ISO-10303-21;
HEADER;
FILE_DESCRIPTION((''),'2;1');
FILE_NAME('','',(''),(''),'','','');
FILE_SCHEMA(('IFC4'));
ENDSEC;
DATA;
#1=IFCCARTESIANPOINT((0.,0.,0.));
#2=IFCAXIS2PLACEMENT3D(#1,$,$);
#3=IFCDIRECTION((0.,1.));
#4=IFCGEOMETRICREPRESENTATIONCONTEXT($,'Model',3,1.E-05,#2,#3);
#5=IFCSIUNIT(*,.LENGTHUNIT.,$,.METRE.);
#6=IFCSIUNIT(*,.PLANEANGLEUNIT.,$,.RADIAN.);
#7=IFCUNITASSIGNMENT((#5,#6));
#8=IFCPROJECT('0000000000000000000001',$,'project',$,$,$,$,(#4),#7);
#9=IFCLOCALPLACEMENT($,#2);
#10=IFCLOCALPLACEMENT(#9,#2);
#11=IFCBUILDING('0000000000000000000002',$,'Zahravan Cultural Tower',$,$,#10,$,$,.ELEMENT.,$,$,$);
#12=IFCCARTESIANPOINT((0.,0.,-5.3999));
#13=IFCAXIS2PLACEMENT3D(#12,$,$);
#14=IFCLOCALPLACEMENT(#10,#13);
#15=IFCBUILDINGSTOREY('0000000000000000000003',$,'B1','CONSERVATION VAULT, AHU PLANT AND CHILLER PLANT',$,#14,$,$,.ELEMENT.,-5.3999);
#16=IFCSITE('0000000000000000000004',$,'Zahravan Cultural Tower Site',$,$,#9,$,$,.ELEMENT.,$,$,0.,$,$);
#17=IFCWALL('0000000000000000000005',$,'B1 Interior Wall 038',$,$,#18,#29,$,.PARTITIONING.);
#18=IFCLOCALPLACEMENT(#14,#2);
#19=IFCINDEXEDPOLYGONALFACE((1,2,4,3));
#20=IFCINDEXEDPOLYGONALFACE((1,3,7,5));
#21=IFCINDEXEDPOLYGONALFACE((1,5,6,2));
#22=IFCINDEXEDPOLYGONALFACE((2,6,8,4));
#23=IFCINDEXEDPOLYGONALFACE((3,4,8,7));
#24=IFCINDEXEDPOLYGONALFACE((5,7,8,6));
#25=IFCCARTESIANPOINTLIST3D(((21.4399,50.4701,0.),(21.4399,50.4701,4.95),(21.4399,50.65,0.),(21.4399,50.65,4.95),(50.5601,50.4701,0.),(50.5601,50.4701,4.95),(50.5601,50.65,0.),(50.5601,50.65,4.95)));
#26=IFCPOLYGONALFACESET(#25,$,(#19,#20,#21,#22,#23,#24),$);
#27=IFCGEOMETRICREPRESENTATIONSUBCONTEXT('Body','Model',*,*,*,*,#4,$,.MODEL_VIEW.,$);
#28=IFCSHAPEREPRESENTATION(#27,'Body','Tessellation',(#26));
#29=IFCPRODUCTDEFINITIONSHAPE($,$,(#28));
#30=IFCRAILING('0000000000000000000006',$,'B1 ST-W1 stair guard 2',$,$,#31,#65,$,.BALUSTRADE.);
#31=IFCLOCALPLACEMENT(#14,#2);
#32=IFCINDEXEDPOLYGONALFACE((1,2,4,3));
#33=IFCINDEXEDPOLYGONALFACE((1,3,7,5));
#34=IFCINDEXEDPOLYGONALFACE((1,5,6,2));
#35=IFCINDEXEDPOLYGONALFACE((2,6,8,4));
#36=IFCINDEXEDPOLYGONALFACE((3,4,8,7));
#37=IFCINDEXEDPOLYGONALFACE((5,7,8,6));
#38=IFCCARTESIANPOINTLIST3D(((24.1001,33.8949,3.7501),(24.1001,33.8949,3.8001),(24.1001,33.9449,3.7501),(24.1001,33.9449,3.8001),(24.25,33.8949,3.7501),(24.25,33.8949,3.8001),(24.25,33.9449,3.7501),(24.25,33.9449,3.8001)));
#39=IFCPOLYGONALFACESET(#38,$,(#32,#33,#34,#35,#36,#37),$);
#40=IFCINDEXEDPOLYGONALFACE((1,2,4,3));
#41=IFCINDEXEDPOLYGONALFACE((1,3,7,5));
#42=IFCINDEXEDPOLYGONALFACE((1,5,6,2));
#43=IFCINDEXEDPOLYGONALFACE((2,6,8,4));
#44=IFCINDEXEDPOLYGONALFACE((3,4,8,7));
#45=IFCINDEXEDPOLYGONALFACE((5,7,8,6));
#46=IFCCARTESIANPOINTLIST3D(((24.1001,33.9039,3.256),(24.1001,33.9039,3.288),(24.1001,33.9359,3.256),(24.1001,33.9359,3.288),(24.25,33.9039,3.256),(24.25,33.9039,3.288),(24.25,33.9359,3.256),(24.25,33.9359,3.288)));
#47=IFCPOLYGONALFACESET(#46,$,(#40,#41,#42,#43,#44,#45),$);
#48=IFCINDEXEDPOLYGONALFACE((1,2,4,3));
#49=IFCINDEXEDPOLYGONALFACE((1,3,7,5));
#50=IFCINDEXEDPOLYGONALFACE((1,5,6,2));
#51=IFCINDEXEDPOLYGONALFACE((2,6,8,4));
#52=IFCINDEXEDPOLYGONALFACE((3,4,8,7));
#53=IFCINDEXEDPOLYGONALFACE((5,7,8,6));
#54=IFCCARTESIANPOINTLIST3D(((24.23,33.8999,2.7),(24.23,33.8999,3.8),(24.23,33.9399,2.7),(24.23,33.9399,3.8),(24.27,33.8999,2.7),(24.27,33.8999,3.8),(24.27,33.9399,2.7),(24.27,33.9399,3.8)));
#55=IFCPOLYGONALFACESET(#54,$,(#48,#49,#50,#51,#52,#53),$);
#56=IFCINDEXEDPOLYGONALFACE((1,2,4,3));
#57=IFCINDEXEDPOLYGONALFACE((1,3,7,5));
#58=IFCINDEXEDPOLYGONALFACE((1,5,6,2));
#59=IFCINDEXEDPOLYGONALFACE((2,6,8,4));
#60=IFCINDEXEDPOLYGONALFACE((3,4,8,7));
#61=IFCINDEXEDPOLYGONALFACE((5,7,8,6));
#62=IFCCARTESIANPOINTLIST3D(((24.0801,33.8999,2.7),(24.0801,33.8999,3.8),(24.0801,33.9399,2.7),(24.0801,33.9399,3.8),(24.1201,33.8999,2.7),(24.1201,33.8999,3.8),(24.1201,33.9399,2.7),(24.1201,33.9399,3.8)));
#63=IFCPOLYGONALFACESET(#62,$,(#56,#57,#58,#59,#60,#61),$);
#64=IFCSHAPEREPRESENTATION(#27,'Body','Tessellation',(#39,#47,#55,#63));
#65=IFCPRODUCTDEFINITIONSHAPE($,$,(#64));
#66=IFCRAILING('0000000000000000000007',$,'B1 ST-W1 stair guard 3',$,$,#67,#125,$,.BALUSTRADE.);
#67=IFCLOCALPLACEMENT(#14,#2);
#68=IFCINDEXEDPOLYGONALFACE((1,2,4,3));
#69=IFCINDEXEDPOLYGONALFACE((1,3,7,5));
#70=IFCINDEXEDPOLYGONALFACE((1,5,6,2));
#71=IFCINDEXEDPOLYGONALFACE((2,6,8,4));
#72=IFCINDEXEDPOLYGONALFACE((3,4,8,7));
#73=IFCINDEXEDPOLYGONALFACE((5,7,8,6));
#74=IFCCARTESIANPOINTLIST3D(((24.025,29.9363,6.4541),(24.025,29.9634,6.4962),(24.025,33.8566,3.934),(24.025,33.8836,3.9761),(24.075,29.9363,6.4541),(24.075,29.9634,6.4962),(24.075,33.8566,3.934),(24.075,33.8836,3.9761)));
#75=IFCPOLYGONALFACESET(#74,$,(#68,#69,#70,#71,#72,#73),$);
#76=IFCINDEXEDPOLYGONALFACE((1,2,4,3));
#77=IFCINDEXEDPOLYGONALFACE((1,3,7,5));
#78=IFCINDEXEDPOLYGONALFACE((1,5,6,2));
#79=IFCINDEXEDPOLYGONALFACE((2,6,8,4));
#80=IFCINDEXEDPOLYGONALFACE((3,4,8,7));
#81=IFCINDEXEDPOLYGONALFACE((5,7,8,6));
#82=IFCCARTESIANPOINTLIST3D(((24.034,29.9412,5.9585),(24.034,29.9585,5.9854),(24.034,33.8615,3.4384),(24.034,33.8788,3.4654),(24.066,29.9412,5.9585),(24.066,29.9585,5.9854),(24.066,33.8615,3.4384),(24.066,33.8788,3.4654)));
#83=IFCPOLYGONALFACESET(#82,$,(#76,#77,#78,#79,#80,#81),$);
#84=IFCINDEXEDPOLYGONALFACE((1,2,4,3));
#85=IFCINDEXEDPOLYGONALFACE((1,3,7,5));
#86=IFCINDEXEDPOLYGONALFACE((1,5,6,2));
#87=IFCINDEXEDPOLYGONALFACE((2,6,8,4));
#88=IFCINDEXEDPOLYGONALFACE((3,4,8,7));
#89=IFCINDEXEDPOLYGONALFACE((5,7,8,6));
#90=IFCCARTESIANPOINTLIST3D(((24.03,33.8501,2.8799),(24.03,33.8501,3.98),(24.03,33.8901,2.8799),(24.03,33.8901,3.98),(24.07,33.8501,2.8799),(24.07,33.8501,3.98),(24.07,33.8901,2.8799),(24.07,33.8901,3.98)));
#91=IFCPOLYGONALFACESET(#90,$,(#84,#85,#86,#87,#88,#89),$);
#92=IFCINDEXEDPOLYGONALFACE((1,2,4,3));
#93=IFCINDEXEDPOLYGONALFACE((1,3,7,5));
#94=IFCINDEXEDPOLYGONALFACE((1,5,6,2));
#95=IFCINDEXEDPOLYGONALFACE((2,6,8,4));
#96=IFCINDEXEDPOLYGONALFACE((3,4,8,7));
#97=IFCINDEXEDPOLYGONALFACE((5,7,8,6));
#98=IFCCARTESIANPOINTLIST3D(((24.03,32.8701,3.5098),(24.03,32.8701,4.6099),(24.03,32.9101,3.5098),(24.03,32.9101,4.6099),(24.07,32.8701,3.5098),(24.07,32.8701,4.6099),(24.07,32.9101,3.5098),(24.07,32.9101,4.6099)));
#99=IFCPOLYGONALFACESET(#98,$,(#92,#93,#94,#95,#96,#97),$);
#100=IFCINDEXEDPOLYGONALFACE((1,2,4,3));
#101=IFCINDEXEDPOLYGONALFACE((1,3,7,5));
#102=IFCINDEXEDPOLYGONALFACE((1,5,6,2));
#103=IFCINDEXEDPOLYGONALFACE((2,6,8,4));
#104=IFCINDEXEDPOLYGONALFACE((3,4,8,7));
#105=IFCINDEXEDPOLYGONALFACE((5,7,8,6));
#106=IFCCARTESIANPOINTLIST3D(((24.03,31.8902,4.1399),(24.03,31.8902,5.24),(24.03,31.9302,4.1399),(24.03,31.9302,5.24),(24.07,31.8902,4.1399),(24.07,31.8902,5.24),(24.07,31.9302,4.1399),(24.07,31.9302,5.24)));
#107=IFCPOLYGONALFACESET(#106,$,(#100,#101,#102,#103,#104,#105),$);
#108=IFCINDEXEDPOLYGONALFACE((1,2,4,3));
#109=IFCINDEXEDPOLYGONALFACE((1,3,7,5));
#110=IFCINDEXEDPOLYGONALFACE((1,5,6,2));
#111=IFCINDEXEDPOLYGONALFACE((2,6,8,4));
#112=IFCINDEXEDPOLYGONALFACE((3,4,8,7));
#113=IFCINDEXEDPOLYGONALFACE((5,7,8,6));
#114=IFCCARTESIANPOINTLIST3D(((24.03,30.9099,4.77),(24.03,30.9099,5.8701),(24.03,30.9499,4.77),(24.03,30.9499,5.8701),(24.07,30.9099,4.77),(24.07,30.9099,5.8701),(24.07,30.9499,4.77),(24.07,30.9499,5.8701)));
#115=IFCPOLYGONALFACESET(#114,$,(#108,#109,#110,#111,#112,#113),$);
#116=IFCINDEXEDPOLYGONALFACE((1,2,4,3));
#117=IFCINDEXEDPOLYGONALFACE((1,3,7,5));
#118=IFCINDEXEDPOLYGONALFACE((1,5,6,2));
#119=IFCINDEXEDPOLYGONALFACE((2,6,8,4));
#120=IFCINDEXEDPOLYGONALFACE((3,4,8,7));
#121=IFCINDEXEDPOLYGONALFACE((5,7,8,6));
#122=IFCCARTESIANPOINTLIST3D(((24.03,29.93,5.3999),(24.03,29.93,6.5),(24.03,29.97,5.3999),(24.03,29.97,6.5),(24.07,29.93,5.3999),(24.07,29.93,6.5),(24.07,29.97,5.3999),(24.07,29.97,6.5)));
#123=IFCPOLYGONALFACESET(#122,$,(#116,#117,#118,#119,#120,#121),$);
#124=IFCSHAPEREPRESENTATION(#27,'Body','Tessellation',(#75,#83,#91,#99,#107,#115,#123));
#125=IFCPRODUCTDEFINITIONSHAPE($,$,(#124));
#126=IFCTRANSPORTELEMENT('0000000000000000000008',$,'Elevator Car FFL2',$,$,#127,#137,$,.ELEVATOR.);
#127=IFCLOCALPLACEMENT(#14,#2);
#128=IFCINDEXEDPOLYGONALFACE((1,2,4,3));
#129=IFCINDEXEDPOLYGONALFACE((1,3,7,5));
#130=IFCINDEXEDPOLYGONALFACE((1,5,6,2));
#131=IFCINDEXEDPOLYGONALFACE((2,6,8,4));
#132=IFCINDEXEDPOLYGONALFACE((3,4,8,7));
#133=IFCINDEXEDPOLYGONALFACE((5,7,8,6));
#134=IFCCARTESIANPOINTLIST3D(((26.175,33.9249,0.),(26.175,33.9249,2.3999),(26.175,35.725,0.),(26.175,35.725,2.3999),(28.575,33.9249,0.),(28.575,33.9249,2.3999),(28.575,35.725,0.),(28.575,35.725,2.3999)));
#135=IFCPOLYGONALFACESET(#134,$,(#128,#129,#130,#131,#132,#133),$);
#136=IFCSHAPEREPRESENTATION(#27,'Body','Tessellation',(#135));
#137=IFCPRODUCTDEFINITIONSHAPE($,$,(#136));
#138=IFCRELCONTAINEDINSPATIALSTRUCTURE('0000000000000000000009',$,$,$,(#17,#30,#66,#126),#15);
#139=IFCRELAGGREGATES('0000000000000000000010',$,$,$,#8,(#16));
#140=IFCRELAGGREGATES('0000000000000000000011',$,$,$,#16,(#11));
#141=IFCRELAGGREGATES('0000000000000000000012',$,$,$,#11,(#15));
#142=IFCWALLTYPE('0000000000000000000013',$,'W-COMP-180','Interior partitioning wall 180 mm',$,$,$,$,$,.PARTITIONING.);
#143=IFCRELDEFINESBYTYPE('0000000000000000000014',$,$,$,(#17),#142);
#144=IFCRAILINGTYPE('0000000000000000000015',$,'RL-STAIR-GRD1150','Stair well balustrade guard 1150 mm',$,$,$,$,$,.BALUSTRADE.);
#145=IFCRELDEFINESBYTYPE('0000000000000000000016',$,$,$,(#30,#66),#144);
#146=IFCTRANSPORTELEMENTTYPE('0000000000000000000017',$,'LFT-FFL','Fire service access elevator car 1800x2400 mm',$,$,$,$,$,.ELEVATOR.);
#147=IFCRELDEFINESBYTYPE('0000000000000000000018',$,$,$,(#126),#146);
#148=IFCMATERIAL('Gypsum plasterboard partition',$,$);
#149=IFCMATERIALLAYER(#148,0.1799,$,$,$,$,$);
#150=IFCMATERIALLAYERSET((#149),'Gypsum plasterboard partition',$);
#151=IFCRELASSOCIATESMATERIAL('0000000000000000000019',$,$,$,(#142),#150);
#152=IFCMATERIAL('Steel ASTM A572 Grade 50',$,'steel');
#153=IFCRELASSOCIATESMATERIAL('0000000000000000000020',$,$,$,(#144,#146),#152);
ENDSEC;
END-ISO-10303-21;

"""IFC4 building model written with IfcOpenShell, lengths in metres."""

from ifc_helpers import new_model, si_unit, direction, frame, frame_2d, origin, origin_2d, place, context, subcontext, project, spatial, rectangle, extrude, source, transform, mapped, material, layer, layer_set, type_object, element, save


model = new_model("IFC4")

# Units and contexts
model_context = context("Model", 3, precision=1e-05, world=origin(), true_north=direction((0.0, 1.0)))
body_context = subcontext(model_context, "Body", "Model", "MODEL_VIEW")
ifc_project = project(units=[si_unit("LENGTHUNIT", "METRE"), si_unit("PLANEANGLEUNIT", "RADIAN")], contexts=[model_context])

# Site, building, storey
site_placement = place(None, origin())
site = spatial("IfcSite", under=ifc_project, at=site_placement, Name="Zahravan Cultural Tower Site", CompositionType="ELEMENT", RefElevation=0.0)
building_placement = place(site_placement, origin())
building = spatial("IfcBuilding", under=site, at=building_placement, Name="Zahravan Cultural Tower", CompositionType="ELEMENT")
storey_placement = place(building_placement, frame((0.0, 0.0, -5.3999)))
storey = spatial("IfcBuildingStorey", under=building, at=storey_placement, Name="B1", Description="CONSERVATION VAULT, AHU PLANT AND CHILLER PLANT", CompositionType="ELEMENT", Elevation=-5.3999)

# Shared definitions
ifc_material_1 = material(Name="Steel ASTM A572 Grade 50", Category="steel")

# Wall
ifc_material_2 = material(Name="Gypsum plasterboard partition")
ifc_layer_1 = layer(ifc_material_2, 0.1799)
ifc_layer_set_1 = layer_set([ifc_layer_1], Name="Gypsum plasterboard partition")
wall_type_1 = type_object("IfcWallType", Name="W-COMP-180", Description="Interior partitioning wall 180 mm", PredefinedType="PARTITIONING", material=ifc_layer_set_1)
shared_shape_1 = source(origin(), body_context, "Body", "SweptSolid", [
    extrude(rectangle(XDim=29.1201, YDim=0.1799, at=frame_2d((14.5601, 0.0))), origin(), (0.0, 0.0, 1.0), 4.95),
])
wall_1_placement = place(storey_placement, frame((21.4399, 50.5601, 0.0), z_axis=(0.0, 0.0, 1.0), x_axis=(1.0, 0.0, 0.0)))
element("IfcWall", 1, at=wall_1_placement, inside=storey, type_object=wall_type_1, Name="B1 Interior Wall 038", PredefinedType="PARTITIONING", context=body_context, shape_type="MappedRepresentation", body=[
    mapped(shared_shape_1, transform((0.0, 0.0, 0.0), x_axis=(1.0, 0.0, 0.0), y_axis=(0.0, 1.0, 0.0), z_axis=(0.0, 0.0, 1.0), scale=1.0)),
])

# Railings
railing_type = type_object("IfcRailingType", Name="RL-STAIR-GRD1150", Description="Stair well balustrade guard 1150 mm", PredefinedType="BALUSTRADE", material=ifc_material_1)
railing_1_placement = place(storey_placement, frame((24.25, 33.9199, 2.7)))
element("IfcRailing", 2, at=railing_1_placement, inside=storey, type_object=railing_type, Name="B1 ST-W1 stair guard 2", PredefinedType="BALUSTRADE", context=body_context, shape_type="SweptSolid", body=[
    extrude(rectangle(XDim=0.05, YDim=0.05, at=origin_2d()), frame((0.0, 0.0, 1.0752), z_axis=(-1.0, 0.0, 0.0), x_axis=(0.0, -1.0, 0.0)), (0.0, 0.0, 1.0), 0.1499),
    extrude(rectangle(XDim=0.032, YDim=0.032, at=origin_2d()), frame((0.0, 0.0, 0.572), z_axis=(-1.0, 0.0, 0.0), x_axis=(0.0, -1.0, 0.0)), (0.0, 0.0, 1.0), 0.1499),
    extrude(rectangle(XDim=0.04, YDim=0.04, at=origin_2d()), origin(), (0.0, 0.0, 1.0), 1.1001),
    extrude(rectangle(XDim=0.04, YDim=0.04, at=origin_2d()), frame((-0.1499, 0.0, 0.0)), (0.0, 0.0, 1.0), 1.1001),
])
railing_2_placement = place(storey_placement, frame((24.05, 33.8701, 2.8799)))
element("IfcRailing", 3, at=railing_2_placement, inside=storey, type_object=railing_type, Name="B1 ST-W1 stair guard 3", PredefinedType="BALUSTRADE", context=body_context, shape_type="SweptSolid", body=[
    extrude(rectangle(XDim=0.05, YDim=0.05, at=origin_2d()), frame((0.0, 0.0, 1.0752), z_axis=(0.0, -0.841187, 0.540744), x_axis=(1.0, 0.0, 0.0)), (0.0, 0.0, 1.0), 4.6604),
    extrude(rectangle(XDim=0.032, YDim=0.032, at=origin_2d()), frame((0.0, 0.0, 0.572), z_axis=(0.0, -0.841187, 0.540744), x_axis=(1.0, 0.0, 0.0)), (0.0, 0.0, 1.0), 4.6604),
    extrude(rectangle(XDim=0.04, YDim=0.04, at=origin_2d()), origin(), (0.0, 0.0, 1.0), 1.1001),
    extrude(rectangle(XDim=0.04, YDim=0.04, at=origin_2d()), frame((0.0, -0.98, 0.6299)), (0.0, 0.0, 1.0), 1.1001),
    extrude(rectangle(XDim=0.04, YDim=0.04, at=origin_2d()), frame((0.0, -1.96, 1.26)), (0.0, 0.0, 1.0), 1.1001),
    extrude(rectangle(XDim=0.04, YDim=0.04, at=origin_2d()), frame((0.0, -2.9402, 1.8901)), (0.0, 0.0, 1.0), 1.1001),
    extrude(rectangle(XDim=0.04, YDim=0.04, at=origin_2d()), frame((0.0, -3.9202, 2.52)), (0.0, 0.0, 1.0), 1.1001),
])

# Transport element
transport_element_type = type_object("IfcTransportElementType", Name="LFT-FFL", Description="Fire service access elevator car 1800x2400 mm", PredefinedType="ELEVATOR", material=ifc_material_1)
shared_shape_2 = source(origin(), body_context, "Body", "SweptSolid", [
    extrude(rectangle(XDim=2.3999, YDim=1.8, at=origin_2d()), origin(), (0.0, 0.0, 1.0), 2.3999),
])
transport_element_placement = place(storey_placement, frame((27.375, 34.825, 0.0), z_axis=(0.0, 0.0, 1.0), x_axis=(1.0, 0.0, 0.0)))
element("IfcTransportElement", 4, at=transport_element_placement, inside=storey, type_object=transport_element_type, Name="Elevator Car FFL2", PredefinedType="ELEVATOR", context=body_context, shape_type="MappedRepresentation", body=[
    mapped(shared_shape_2, transform((0.0, 0.0, 0.0), x_axis=(1.0, 0.0, 0.0), y_axis=(0.0, 1.0, 0.0), z_axis=(0.0, 0.0, 1.0), scale=1.0)),
])

save(model, "model.ifc")
